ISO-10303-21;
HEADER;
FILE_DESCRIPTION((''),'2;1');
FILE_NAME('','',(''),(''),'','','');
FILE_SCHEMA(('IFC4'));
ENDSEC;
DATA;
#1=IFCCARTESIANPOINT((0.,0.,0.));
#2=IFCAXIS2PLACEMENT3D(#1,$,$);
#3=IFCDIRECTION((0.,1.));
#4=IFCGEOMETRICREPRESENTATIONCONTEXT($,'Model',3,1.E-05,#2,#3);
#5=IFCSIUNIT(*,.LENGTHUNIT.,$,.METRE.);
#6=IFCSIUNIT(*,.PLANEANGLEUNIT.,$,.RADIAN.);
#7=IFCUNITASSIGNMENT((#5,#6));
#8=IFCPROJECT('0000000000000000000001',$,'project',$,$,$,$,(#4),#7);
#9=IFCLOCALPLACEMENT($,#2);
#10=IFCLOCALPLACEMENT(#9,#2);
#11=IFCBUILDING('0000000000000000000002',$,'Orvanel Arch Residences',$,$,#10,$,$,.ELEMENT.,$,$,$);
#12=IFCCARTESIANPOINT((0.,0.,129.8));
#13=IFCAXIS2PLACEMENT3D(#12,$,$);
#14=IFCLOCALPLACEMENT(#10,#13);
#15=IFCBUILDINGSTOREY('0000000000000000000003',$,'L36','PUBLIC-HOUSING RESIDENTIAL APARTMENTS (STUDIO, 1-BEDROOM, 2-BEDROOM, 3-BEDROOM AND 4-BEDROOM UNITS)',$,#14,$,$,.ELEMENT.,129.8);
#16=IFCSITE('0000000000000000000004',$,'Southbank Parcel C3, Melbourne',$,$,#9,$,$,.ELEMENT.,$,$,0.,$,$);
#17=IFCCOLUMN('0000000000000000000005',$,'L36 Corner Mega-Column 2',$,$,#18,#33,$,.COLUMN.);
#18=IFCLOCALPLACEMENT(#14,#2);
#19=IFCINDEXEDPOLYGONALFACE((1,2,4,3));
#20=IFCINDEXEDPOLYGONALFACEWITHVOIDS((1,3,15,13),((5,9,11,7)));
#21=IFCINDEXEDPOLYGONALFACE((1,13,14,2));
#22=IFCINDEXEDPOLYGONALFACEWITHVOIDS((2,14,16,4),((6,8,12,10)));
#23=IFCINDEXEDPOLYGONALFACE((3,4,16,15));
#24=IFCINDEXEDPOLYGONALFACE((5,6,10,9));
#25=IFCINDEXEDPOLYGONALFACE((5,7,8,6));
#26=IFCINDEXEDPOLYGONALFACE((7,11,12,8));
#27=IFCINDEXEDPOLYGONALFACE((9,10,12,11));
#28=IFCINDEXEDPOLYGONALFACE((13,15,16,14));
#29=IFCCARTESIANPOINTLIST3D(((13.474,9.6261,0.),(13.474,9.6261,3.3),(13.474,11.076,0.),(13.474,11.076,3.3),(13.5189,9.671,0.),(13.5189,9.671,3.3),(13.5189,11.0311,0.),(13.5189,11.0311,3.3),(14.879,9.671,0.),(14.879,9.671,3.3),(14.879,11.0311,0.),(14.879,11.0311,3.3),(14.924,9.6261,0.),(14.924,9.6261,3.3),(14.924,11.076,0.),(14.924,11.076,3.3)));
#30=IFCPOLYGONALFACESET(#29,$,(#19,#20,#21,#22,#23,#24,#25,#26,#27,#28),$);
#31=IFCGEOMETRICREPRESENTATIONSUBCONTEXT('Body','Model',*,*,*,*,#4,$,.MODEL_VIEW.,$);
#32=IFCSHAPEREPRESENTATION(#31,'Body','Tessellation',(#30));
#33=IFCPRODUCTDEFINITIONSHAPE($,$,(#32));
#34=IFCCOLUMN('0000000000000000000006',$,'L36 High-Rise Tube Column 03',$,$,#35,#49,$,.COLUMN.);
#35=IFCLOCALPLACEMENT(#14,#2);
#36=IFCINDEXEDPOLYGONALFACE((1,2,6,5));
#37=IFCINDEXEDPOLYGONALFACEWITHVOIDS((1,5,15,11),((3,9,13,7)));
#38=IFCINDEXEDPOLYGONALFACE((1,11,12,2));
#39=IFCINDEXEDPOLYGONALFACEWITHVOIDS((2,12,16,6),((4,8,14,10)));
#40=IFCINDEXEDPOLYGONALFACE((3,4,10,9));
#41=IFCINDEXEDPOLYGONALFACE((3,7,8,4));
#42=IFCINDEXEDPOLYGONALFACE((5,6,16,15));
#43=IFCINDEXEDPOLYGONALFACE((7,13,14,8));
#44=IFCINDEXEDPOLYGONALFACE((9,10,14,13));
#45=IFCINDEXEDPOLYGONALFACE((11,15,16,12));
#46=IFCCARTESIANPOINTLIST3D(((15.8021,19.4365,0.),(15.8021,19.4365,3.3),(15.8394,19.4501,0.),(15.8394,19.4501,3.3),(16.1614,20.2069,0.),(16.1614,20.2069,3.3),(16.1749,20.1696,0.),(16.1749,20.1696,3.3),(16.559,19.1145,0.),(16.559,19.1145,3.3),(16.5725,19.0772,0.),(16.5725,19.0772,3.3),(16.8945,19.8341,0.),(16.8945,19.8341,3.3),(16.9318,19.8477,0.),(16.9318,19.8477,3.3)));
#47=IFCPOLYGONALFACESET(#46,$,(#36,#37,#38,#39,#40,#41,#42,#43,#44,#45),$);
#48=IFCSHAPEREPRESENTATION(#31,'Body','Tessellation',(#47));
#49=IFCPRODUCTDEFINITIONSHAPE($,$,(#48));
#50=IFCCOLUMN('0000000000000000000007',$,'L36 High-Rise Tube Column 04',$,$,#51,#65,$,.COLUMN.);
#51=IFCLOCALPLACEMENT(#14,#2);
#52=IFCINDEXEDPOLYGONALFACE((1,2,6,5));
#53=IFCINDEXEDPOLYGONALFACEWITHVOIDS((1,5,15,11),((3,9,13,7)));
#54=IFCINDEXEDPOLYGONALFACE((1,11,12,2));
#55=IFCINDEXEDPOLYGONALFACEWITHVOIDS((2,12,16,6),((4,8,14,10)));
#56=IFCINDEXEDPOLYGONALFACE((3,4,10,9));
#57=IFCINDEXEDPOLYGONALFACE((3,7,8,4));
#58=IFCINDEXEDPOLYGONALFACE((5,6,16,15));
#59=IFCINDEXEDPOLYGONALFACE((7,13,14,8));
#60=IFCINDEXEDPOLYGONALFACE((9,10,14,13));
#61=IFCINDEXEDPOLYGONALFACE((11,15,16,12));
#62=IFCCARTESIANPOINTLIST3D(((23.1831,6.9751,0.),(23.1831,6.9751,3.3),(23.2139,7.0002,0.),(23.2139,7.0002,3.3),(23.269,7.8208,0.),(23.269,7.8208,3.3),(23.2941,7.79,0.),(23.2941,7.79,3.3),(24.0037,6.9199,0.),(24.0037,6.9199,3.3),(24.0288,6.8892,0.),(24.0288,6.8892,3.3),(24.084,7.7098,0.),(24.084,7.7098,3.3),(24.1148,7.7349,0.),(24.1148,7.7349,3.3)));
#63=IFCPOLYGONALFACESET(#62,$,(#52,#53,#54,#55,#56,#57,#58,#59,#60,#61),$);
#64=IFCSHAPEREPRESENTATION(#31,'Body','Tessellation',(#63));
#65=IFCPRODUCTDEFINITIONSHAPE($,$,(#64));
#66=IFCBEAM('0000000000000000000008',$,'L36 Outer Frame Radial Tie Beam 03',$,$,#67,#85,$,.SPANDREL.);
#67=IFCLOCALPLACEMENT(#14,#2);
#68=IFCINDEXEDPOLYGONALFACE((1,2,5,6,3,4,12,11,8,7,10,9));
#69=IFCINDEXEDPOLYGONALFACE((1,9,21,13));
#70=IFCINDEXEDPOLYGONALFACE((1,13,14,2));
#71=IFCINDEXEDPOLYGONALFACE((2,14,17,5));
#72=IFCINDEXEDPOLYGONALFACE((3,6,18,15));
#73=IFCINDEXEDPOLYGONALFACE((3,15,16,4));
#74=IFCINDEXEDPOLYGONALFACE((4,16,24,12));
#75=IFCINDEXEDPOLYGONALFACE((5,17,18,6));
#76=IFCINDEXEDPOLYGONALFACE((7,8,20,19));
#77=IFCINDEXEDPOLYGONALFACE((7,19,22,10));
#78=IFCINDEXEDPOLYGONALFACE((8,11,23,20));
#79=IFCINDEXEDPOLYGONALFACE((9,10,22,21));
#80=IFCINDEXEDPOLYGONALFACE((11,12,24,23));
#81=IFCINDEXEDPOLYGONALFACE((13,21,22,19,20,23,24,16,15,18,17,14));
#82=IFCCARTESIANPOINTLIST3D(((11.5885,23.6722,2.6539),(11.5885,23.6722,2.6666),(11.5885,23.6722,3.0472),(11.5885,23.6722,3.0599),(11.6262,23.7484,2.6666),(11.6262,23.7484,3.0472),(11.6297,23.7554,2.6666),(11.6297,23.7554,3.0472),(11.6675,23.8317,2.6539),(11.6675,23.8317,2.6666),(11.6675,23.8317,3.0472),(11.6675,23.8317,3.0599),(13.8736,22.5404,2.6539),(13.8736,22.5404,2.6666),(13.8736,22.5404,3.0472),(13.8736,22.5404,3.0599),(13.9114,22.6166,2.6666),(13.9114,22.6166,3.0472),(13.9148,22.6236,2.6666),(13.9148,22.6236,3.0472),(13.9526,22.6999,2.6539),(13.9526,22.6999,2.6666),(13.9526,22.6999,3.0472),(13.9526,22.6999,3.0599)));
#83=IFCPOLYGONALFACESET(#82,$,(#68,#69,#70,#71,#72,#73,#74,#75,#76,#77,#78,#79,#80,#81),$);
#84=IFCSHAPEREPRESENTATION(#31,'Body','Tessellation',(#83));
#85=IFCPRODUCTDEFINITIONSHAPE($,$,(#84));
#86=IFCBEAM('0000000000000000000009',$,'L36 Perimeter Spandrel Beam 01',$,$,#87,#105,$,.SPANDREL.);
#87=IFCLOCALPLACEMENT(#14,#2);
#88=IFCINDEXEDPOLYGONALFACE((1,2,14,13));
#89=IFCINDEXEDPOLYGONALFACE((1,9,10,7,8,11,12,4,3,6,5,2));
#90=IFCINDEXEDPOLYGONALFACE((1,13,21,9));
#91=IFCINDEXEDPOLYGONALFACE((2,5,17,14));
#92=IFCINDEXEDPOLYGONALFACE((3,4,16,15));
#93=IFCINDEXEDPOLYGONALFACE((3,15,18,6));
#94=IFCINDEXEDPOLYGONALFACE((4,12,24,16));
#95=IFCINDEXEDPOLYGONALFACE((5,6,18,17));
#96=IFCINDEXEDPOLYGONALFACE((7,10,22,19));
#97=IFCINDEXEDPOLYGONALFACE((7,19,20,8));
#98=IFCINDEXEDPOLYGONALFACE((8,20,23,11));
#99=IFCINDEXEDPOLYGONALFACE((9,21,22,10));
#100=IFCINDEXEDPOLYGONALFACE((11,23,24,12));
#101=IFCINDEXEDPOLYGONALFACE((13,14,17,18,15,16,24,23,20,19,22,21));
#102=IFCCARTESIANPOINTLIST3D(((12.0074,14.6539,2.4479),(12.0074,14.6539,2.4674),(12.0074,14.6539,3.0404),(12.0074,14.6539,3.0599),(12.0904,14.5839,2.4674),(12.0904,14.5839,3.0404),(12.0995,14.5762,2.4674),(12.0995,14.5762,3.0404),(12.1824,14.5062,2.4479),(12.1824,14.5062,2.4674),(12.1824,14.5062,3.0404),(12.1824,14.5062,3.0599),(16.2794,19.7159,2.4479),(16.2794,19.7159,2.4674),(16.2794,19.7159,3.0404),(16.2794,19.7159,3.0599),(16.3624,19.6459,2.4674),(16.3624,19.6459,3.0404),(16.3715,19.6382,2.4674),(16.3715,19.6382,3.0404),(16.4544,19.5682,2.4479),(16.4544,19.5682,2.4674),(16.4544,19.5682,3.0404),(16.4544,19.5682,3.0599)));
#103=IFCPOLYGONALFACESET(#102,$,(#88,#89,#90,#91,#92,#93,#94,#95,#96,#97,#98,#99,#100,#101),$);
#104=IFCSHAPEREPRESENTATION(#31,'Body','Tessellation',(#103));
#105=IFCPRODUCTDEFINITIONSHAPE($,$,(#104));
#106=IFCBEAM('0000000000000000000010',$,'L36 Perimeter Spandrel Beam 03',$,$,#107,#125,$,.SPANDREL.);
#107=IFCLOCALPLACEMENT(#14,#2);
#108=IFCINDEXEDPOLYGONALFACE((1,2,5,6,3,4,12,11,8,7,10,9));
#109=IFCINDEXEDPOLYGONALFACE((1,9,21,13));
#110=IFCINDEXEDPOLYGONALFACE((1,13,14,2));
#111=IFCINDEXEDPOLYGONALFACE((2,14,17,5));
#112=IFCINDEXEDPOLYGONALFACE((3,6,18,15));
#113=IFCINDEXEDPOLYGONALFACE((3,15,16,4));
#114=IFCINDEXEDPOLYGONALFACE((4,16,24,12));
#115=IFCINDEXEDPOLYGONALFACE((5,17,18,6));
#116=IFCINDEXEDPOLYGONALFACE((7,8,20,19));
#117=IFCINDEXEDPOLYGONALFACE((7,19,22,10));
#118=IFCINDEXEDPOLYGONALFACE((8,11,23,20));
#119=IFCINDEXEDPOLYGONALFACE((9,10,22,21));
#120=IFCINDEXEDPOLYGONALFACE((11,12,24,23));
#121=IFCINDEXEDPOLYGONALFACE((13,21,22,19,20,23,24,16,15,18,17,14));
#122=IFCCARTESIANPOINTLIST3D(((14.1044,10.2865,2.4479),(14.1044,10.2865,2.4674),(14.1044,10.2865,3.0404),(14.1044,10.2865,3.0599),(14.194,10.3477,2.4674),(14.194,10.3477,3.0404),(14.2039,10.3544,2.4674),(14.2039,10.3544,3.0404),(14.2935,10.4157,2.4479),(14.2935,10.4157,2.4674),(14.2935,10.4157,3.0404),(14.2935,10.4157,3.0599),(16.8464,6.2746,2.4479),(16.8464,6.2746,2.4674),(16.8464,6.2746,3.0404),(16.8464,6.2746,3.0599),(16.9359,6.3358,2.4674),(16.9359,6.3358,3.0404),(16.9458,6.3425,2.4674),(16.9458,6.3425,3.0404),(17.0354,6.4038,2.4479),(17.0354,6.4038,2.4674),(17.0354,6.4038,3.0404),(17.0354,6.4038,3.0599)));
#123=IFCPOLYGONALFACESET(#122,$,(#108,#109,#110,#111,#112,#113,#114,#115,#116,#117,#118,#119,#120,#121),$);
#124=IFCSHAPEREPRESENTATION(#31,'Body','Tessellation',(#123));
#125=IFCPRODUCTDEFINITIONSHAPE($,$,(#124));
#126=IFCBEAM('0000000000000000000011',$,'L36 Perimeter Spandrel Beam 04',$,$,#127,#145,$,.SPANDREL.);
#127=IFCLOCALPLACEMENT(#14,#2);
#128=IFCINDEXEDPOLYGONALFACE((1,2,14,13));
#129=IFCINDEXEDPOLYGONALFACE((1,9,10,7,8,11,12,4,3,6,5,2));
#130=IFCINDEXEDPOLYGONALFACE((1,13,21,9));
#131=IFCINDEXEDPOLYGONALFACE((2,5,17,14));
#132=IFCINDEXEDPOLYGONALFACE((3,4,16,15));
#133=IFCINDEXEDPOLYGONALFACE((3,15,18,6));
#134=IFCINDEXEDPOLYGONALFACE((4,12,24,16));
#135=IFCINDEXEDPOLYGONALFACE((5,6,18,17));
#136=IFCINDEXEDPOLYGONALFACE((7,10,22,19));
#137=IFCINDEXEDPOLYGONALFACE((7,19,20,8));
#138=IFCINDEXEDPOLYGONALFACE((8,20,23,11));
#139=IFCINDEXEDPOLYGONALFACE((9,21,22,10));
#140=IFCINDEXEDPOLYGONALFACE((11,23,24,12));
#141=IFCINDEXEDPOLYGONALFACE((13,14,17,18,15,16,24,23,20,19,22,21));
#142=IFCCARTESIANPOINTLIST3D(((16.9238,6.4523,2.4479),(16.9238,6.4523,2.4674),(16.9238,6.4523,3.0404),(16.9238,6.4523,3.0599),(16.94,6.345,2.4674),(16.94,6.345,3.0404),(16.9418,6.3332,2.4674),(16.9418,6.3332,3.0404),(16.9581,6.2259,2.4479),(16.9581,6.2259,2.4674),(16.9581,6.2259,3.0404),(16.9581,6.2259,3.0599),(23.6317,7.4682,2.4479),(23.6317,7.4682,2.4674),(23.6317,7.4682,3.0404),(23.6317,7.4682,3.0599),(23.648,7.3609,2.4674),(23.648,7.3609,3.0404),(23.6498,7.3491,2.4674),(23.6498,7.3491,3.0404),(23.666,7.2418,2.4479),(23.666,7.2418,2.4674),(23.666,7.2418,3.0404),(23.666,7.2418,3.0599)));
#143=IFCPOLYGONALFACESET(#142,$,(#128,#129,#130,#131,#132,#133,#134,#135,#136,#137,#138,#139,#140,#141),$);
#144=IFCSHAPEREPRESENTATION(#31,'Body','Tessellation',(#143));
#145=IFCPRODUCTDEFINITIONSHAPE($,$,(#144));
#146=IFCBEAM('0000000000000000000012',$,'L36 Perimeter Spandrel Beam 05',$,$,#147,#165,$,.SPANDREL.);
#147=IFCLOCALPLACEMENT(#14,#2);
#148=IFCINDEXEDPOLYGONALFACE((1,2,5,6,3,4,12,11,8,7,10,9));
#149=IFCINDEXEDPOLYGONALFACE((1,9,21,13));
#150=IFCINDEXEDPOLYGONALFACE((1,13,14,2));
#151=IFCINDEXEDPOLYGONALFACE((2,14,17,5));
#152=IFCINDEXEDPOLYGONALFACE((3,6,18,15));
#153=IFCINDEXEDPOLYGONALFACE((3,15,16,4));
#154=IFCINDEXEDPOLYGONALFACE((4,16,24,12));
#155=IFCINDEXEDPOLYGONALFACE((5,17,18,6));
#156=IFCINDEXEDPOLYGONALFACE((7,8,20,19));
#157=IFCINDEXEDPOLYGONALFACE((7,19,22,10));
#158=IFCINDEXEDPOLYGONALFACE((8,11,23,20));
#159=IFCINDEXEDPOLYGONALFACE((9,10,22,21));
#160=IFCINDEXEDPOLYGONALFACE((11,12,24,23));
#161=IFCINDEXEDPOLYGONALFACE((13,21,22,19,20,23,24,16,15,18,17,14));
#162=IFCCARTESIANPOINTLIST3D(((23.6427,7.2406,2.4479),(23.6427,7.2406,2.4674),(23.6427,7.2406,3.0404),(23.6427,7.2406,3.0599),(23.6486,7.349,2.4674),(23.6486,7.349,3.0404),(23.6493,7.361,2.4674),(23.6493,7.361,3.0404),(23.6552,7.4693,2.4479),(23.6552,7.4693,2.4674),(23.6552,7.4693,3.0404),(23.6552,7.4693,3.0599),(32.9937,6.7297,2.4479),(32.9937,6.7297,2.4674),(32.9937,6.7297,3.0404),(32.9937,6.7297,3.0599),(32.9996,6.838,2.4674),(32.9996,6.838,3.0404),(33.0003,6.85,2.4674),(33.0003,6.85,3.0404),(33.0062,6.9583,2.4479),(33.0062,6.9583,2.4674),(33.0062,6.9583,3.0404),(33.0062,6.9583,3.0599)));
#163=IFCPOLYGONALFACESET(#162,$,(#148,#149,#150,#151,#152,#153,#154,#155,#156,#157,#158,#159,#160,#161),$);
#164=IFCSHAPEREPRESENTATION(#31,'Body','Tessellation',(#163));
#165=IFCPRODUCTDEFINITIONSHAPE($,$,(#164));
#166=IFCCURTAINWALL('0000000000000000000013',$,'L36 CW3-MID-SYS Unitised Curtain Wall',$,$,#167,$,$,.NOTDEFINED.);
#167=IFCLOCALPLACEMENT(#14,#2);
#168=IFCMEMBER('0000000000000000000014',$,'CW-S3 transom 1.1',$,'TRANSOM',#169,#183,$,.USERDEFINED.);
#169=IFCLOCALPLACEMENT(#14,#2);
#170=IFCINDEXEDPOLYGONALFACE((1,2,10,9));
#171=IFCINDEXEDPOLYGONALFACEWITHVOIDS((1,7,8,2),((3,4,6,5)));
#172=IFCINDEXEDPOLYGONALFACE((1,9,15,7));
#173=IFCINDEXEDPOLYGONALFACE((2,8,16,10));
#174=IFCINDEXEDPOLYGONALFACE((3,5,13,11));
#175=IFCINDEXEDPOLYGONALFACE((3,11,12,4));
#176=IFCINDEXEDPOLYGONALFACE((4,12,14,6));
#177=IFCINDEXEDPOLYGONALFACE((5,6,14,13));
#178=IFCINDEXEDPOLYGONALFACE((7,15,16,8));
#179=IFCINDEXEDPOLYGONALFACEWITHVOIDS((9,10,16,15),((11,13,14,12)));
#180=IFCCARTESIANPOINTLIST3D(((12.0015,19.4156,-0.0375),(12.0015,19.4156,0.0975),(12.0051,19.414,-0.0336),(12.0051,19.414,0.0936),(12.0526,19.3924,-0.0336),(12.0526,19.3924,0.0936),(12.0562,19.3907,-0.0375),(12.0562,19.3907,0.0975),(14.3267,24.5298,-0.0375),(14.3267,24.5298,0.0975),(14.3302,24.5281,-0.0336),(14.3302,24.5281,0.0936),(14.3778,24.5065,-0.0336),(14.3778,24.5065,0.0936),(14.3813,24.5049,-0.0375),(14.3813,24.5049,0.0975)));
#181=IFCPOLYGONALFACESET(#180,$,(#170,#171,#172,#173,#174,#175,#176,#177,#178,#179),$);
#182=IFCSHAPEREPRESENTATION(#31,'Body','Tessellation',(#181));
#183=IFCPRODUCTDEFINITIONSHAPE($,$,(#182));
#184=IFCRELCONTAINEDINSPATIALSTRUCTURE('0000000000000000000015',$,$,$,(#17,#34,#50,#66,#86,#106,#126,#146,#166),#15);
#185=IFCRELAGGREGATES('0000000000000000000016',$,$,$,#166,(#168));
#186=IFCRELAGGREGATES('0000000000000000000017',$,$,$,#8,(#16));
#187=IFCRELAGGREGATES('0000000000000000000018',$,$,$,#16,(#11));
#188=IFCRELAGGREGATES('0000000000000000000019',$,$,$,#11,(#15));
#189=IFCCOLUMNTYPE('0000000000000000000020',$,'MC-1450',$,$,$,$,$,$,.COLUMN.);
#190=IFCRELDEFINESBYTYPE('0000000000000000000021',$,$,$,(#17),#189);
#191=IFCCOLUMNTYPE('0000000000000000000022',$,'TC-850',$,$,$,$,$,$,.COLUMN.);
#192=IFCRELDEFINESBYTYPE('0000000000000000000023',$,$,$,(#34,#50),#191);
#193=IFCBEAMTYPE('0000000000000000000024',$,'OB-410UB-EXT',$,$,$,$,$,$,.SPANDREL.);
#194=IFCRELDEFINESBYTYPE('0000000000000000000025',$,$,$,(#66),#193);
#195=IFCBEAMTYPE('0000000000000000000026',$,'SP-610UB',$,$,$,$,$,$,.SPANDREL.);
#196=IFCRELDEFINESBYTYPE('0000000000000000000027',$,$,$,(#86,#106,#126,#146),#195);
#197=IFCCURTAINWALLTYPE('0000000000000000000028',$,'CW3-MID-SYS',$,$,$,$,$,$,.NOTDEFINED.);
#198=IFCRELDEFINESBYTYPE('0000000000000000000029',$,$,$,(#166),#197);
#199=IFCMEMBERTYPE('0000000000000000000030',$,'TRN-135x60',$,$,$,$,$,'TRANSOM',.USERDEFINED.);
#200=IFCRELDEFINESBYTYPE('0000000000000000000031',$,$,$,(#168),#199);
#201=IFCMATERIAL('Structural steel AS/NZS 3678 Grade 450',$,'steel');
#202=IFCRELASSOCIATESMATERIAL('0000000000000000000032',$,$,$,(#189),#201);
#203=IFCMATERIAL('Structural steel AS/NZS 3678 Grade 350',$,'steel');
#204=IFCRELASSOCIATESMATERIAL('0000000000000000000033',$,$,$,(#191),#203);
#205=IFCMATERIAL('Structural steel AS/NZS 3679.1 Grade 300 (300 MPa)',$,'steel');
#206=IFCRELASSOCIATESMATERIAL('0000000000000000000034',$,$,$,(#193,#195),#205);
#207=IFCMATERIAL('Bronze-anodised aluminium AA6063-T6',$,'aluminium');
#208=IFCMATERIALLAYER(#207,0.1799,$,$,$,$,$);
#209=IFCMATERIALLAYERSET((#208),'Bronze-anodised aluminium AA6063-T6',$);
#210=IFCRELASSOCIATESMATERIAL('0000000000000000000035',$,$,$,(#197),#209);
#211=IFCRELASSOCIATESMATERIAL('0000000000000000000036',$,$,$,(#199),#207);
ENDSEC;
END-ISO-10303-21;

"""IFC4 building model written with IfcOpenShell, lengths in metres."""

from ifc_helpers import new_model, si_unit, direction, frame, origin, origin_2d, place, context, subcontext, project, spatial, hollow_rectangle, i_section, extrude, material, layer, layer_set, material_profile, profile_set, type_object, element, aggregate, save


model = new_model("IFC4")

# Units and contexts
model_context = context("Model", 3, precision=1e-05, world=origin(), true_north=direction((0.0, 1.0)))
body_context = subcontext(model_context, "Body", "Model", "MODEL_VIEW")
ifc_project = project(units=[si_unit("LENGTHUNIT", "METRE"), si_unit("PLANEANGLEUNIT", "RADIAN")], contexts=[model_context])

# Site, building, storey
site_placement = place(None, origin())
site = spatial("IfcSite", under=ifc_project, at=site_placement, Name="Southbank Parcel C3, Melbourne", CompositionType="ELEMENT", RefElevation=0.0)
building_placement = place(site_placement, origin())
building = spatial("IfcBuilding", under=site, at=building_placement, Name="Orvanel Arch Residences", CompositionType="ELEMENT")
storey_placement = place(building_placement, frame((0.0, 0.0, 129.8)))
storey = spatial("IfcBuildingStorey", under=building, at=storey_placement, Name="L36", Description="PUBLIC-HOUSING RESIDENTIAL APARTMENTS (STUDIO, 1-BEDROOM, 2-BEDROOM, 3-BEDROOM AND 4-BEDROOM UNITS)", CompositionType="ELEMENT", Elevation=129.8)

# Columns
ifc_material_1 = material(Name="Structural steel AS/NZS 3678 Grade 450", Category="steel")
ifc_material_profile_1 = material_profile(ifc_material_1, hollow_rectangle(XDim=1.45, YDim=1.45, WallThickness=0.0449, at=origin_2d()), Name="BOX1450x1450x45")
ifc_profile_set_1 = profile_set([ifc_material_profile_1], Name="Structural steel AS/NZS 3678 Grade 450")
column_type_1 = type_object("IfcColumnType", Name="MC-1450", PredefinedType="COLUMN", material=ifc_profile_set_1)
column_placement = place(storey_placement, frame((14.199, 10.3511, 0.0), z_axis=(0.0, 0.0, 1.0), x_axis=(1.0, 0.0, 0.0)))
element("IfcColumn", 1, at=column_placement, inside=storey, type_object=column_type_1, Name="L36 Corner Mega-Column 2", PredefinedType="COLUMN", context=body_context, shape_type="SweptSolid", body=[
    extrude(hollow_rectangle(XDim=1.45, YDim=1.45, WallThickness=0.0449, at=origin_2d()), origin(), (0.0, 0.0, 1.0), 3.3),
])
ifc_material_2 = material(Name="Structural steel AS/NZS 3678 Grade 350", Category="steel")
ifc_material_profile_2 = material_profile(ifc_material_2, hollow_rectangle(XDim=0.8501, YDim=0.8501, WallThickness=0.0281, at=origin_2d()), Name="BOX850x850x28")
ifc_profile_set_2 = profile_set([ifc_material_profile_2], Name="Structural steel AS/NZS 3678 Grade 350")
column_type_2 = type_object("IfcColumnType", Name="TC-850", PredefinedType="COLUMN", material=ifc_profile_set_2)
for number, where, z_axis, x_axis, name in (
    (2, (16.3669, 19.6421, 0.0), (0.0, 0.0, 1.0), (0.422618, 0.906308, 0.0), "L36 High-Rise Tube Column 03"),
    (3, (23.6489, 7.355, 0.0), (0.0, 0.0, 1.0), (-0.994881, 0.101056, 0.0), "L36 High-Rise Tube Column 04"),
):
    element("IfcColumn", number, at=place(storey_placement, frame(where, z_axis=z_axis, x_axis=x_axis)), inside=storey, type_object=column_type_2, Name=name, PredefinedType="COLUMN", context=body_context, shape_type="SweptSolid", body=[
        extrude(hollow_rectangle(XDim=0.8501, YDim=0.8501, WallThickness=0.0281, at=origin_2d()), origin(), (0.0, 0.0, 1.0), 3.3),
    ])

# Beams
ifc_material_3 = material(Name="Structural steel AS/NZS 3679.1 Grade 300 (300 MPa)", Category="steel")
ifc_material_profile_3 = material_profile(ifc_material_3, i_section(OverallWidth=0.178, OverallDepth=0.406, WebThickness=0.0078, FlangeThickness=0.0127, at=origin_2d()), Name="410UB59.7")
ifc_profile_set_3 = profile_set([ifc_material_profile_3], Name="Structural steel AS/NZS 3679.1 Grade 300 (300 MPa)")
beam_type_1 = type_object("IfcBeamType", Name="OB-410UB-EXT", PredefinedType="SPANDREL", material=ifc_profile_set_3)
beam_1_placement = place(storey_placement, frame((13.9131, 22.6201, 2.8569), z_axis=(-0.896106, 0.44384, 0.0), x_axis=(-0.44384, -0.896106, 0.0)))
element("IfcBeam", 4, at=beam_1_placement, inside=storey, type_object=beam_type_1, Name="L36 Outer Frame Radial Tie Beam 03", PredefinedType="SPANDREL", context=body_context, shape_type="SweptSolid", body=[
    extrude(i_section(OverallWidth=0.178, OverallDepth=0.406, WebThickness=0.0078, FlangeThickness=0.0127, at=origin_2d()), origin(), (0.0, 0.0, 1.0), 2.55),
])
ifc_material_profile_4 = material_profile(ifc_material_3, i_section(OverallWidth=0.229, OverallDepth=0.6121, WebThickness=0.012, FlangeThickness=0.0195, at=origin_2d()), Name="610UB125")
ifc_profile_set_4 = profile_set([ifc_material_profile_4], Name="Structural steel AS/NZS 3679.1 Grade 300 (300 MPa)")
beam_type_2 = type_object("IfcBeamType", Name="SP-610UB", PredefinedType="SPANDREL", material=ifc_profile_set_4)
beam_2_placement = place(storey_placement, frame((16.3669, 19.6421, 2.7539), z_axis=(-0.64495, -0.764224, 0.0), x_axis=(0.764224, -0.64495, 0.0)))
element("IfcBeam", 5, at=beam_2_placement, inside=storey, type_object=beam_type_2, Name="L36 Perimeter Spandrel Beam 01", PredefinedType="SPANDREL", context=body_context, shape_type="SweptSolid", body=[
    extrude(i_section(OverallWidth=0.229, OverallDepth=0.6121, WebThickness=0.012, FlangeThickness=0.0195, at=origin_2d()), origin(), (0.0, 0.0, 1.0), 6.6238),
])
beam_3_placement = place(storey_placement, frame((14.199, 10.3511, 2.7539), z_axis=(0.564252, -0.825603, 0.0), x_axis=(0.825603, 0.564252, 0.0)))
element("IfcBeam", 6, at=beam_3_placement, inside=storey, type_object=beam_type_2, Name="L36 Perimeter Spandrel Beam 03", PredefinedType="SPANDREL", context=body_context, shape_type="SweptSolid", body=[
    extrude(i_section(OverallWidth=0.229, OverallDepth=0.6121, WebThickness=0.012, FlangeThickness=0.0195, at=origin_2d()), origin(), (0.0, 0.0, 1.0), 4.8594),
])
beam_4_placement = place(storey_placement, frame((16.9409, 6.3391, 2.7539), z_axis=(0.988726, 0.149734, 0.0), x_axis=(-0.149734, 0.988726, 0.0)))
element("IfcBeam", 7, at=beam_4_placement, inside=storey, type_object=beam_type_2, Name="L36 Perimeter Spandrel Beam 04", PredefinedType="SPANDREL", context=body_context, shape_type="SweptSolid", body=[
    extrude(i_section(OverallWidth=0.229, OverallDepth=0.6121, WebThickness=0.012, FlangeThickness=0.0195, at=origin_2d()), origin(), (0.0, 0.0, 1.0), 6.7844),
])
beam_5_placement = place(storey_placement, frame((23.6489, 7.355, 2.7539), z_axis=(0.99851, -0.054563, 0.0), x_axis=(0.054563, 0.99851, 0.0)))
element("IfcBeam", 8, at=beam_5_placement, inside=storey, type_object=beam_type_2, Name="L36 Perimeter Spandrel Beam 05", PredefinedType="SPANDREL", context=body_context, shape_type="SweptSolid", body=[
    extrude(i_section(OverallWidth=0.229, OverallDepth=0.6121, WebThickness=0.012, FlangeThickness=0.0195, at=origin_2d()), origin(), (0.0, 0.0, 1.0), 9.365),
])

# Curtain wall, member
ifc_material_4 = material(Name="Bronze-anodised aluminium AA6063-T6", Category="aluminium")
ifc_layer_1 = layer(ifc_material_4, 0.1799)
ifc_layer_set_1 = layer_set([ifc_layer_1], Name="Bronze-anodised aluminium AA6063-T6")
curtain_wall_type = type_object("IfcCurtainWallType", Name="CW3-MID-SYS", PredefinedType="NOTDEFINED", material=ifc_layer_set_1)
curtain_wall_placement = place(storey_placement, origin())
curtain_wall = element("IfcCurtainWall", 9, at=curtain_wall_placement, inside=storey, type_object=curtain_wall_type, Name="L36 CW3-MID-SYS Unitised Curtain Wall", PredefinedType="NOTDEFINED")
ifc_material_profile_5 = material_profile(ifc_material_4, hollow_rectangle(XDim=0.0601, YDim=0.135, WallThickness=0.0039, at=origin_2d()), Name="ALU135x60x4")
ifc_profile_set_5 = profile_set([ifc_material_profile_5], Name="Bronze-anodised aluminium AA6063-T6")
member_type = type_object("IfcMemberType", Name="TRN-135x60", ElementType="TRANSOM", PredefinedType="USERDEFINED", material=ifc_profile_set_5)
member_placement = place(storey_placement, frame((14.354, 24.5173, 0.03), z_axis=(-0.413882, -0.910331, 0.0), x_axis=(0.910331, -0.413882, 0.0)))
member = element("IfcMember", 10, at=member_placement, type_object=member_type, Name="CW-S3 transom 1.1", ObjectType="TRANSOM", PredefinedType="USERDEFINED", context=body_context, shape_type="SweptSolid", body=[
    extrude(hollow_rectangle(XDim=0.0601, YDim=0.135, WallThickness=0.0039, at=origin_2d()), origin(), (0.0, 0.0, 1.0), 5.6179),
])
aggregate(curtain_wall, [member])

save(model, "model.ifc")
